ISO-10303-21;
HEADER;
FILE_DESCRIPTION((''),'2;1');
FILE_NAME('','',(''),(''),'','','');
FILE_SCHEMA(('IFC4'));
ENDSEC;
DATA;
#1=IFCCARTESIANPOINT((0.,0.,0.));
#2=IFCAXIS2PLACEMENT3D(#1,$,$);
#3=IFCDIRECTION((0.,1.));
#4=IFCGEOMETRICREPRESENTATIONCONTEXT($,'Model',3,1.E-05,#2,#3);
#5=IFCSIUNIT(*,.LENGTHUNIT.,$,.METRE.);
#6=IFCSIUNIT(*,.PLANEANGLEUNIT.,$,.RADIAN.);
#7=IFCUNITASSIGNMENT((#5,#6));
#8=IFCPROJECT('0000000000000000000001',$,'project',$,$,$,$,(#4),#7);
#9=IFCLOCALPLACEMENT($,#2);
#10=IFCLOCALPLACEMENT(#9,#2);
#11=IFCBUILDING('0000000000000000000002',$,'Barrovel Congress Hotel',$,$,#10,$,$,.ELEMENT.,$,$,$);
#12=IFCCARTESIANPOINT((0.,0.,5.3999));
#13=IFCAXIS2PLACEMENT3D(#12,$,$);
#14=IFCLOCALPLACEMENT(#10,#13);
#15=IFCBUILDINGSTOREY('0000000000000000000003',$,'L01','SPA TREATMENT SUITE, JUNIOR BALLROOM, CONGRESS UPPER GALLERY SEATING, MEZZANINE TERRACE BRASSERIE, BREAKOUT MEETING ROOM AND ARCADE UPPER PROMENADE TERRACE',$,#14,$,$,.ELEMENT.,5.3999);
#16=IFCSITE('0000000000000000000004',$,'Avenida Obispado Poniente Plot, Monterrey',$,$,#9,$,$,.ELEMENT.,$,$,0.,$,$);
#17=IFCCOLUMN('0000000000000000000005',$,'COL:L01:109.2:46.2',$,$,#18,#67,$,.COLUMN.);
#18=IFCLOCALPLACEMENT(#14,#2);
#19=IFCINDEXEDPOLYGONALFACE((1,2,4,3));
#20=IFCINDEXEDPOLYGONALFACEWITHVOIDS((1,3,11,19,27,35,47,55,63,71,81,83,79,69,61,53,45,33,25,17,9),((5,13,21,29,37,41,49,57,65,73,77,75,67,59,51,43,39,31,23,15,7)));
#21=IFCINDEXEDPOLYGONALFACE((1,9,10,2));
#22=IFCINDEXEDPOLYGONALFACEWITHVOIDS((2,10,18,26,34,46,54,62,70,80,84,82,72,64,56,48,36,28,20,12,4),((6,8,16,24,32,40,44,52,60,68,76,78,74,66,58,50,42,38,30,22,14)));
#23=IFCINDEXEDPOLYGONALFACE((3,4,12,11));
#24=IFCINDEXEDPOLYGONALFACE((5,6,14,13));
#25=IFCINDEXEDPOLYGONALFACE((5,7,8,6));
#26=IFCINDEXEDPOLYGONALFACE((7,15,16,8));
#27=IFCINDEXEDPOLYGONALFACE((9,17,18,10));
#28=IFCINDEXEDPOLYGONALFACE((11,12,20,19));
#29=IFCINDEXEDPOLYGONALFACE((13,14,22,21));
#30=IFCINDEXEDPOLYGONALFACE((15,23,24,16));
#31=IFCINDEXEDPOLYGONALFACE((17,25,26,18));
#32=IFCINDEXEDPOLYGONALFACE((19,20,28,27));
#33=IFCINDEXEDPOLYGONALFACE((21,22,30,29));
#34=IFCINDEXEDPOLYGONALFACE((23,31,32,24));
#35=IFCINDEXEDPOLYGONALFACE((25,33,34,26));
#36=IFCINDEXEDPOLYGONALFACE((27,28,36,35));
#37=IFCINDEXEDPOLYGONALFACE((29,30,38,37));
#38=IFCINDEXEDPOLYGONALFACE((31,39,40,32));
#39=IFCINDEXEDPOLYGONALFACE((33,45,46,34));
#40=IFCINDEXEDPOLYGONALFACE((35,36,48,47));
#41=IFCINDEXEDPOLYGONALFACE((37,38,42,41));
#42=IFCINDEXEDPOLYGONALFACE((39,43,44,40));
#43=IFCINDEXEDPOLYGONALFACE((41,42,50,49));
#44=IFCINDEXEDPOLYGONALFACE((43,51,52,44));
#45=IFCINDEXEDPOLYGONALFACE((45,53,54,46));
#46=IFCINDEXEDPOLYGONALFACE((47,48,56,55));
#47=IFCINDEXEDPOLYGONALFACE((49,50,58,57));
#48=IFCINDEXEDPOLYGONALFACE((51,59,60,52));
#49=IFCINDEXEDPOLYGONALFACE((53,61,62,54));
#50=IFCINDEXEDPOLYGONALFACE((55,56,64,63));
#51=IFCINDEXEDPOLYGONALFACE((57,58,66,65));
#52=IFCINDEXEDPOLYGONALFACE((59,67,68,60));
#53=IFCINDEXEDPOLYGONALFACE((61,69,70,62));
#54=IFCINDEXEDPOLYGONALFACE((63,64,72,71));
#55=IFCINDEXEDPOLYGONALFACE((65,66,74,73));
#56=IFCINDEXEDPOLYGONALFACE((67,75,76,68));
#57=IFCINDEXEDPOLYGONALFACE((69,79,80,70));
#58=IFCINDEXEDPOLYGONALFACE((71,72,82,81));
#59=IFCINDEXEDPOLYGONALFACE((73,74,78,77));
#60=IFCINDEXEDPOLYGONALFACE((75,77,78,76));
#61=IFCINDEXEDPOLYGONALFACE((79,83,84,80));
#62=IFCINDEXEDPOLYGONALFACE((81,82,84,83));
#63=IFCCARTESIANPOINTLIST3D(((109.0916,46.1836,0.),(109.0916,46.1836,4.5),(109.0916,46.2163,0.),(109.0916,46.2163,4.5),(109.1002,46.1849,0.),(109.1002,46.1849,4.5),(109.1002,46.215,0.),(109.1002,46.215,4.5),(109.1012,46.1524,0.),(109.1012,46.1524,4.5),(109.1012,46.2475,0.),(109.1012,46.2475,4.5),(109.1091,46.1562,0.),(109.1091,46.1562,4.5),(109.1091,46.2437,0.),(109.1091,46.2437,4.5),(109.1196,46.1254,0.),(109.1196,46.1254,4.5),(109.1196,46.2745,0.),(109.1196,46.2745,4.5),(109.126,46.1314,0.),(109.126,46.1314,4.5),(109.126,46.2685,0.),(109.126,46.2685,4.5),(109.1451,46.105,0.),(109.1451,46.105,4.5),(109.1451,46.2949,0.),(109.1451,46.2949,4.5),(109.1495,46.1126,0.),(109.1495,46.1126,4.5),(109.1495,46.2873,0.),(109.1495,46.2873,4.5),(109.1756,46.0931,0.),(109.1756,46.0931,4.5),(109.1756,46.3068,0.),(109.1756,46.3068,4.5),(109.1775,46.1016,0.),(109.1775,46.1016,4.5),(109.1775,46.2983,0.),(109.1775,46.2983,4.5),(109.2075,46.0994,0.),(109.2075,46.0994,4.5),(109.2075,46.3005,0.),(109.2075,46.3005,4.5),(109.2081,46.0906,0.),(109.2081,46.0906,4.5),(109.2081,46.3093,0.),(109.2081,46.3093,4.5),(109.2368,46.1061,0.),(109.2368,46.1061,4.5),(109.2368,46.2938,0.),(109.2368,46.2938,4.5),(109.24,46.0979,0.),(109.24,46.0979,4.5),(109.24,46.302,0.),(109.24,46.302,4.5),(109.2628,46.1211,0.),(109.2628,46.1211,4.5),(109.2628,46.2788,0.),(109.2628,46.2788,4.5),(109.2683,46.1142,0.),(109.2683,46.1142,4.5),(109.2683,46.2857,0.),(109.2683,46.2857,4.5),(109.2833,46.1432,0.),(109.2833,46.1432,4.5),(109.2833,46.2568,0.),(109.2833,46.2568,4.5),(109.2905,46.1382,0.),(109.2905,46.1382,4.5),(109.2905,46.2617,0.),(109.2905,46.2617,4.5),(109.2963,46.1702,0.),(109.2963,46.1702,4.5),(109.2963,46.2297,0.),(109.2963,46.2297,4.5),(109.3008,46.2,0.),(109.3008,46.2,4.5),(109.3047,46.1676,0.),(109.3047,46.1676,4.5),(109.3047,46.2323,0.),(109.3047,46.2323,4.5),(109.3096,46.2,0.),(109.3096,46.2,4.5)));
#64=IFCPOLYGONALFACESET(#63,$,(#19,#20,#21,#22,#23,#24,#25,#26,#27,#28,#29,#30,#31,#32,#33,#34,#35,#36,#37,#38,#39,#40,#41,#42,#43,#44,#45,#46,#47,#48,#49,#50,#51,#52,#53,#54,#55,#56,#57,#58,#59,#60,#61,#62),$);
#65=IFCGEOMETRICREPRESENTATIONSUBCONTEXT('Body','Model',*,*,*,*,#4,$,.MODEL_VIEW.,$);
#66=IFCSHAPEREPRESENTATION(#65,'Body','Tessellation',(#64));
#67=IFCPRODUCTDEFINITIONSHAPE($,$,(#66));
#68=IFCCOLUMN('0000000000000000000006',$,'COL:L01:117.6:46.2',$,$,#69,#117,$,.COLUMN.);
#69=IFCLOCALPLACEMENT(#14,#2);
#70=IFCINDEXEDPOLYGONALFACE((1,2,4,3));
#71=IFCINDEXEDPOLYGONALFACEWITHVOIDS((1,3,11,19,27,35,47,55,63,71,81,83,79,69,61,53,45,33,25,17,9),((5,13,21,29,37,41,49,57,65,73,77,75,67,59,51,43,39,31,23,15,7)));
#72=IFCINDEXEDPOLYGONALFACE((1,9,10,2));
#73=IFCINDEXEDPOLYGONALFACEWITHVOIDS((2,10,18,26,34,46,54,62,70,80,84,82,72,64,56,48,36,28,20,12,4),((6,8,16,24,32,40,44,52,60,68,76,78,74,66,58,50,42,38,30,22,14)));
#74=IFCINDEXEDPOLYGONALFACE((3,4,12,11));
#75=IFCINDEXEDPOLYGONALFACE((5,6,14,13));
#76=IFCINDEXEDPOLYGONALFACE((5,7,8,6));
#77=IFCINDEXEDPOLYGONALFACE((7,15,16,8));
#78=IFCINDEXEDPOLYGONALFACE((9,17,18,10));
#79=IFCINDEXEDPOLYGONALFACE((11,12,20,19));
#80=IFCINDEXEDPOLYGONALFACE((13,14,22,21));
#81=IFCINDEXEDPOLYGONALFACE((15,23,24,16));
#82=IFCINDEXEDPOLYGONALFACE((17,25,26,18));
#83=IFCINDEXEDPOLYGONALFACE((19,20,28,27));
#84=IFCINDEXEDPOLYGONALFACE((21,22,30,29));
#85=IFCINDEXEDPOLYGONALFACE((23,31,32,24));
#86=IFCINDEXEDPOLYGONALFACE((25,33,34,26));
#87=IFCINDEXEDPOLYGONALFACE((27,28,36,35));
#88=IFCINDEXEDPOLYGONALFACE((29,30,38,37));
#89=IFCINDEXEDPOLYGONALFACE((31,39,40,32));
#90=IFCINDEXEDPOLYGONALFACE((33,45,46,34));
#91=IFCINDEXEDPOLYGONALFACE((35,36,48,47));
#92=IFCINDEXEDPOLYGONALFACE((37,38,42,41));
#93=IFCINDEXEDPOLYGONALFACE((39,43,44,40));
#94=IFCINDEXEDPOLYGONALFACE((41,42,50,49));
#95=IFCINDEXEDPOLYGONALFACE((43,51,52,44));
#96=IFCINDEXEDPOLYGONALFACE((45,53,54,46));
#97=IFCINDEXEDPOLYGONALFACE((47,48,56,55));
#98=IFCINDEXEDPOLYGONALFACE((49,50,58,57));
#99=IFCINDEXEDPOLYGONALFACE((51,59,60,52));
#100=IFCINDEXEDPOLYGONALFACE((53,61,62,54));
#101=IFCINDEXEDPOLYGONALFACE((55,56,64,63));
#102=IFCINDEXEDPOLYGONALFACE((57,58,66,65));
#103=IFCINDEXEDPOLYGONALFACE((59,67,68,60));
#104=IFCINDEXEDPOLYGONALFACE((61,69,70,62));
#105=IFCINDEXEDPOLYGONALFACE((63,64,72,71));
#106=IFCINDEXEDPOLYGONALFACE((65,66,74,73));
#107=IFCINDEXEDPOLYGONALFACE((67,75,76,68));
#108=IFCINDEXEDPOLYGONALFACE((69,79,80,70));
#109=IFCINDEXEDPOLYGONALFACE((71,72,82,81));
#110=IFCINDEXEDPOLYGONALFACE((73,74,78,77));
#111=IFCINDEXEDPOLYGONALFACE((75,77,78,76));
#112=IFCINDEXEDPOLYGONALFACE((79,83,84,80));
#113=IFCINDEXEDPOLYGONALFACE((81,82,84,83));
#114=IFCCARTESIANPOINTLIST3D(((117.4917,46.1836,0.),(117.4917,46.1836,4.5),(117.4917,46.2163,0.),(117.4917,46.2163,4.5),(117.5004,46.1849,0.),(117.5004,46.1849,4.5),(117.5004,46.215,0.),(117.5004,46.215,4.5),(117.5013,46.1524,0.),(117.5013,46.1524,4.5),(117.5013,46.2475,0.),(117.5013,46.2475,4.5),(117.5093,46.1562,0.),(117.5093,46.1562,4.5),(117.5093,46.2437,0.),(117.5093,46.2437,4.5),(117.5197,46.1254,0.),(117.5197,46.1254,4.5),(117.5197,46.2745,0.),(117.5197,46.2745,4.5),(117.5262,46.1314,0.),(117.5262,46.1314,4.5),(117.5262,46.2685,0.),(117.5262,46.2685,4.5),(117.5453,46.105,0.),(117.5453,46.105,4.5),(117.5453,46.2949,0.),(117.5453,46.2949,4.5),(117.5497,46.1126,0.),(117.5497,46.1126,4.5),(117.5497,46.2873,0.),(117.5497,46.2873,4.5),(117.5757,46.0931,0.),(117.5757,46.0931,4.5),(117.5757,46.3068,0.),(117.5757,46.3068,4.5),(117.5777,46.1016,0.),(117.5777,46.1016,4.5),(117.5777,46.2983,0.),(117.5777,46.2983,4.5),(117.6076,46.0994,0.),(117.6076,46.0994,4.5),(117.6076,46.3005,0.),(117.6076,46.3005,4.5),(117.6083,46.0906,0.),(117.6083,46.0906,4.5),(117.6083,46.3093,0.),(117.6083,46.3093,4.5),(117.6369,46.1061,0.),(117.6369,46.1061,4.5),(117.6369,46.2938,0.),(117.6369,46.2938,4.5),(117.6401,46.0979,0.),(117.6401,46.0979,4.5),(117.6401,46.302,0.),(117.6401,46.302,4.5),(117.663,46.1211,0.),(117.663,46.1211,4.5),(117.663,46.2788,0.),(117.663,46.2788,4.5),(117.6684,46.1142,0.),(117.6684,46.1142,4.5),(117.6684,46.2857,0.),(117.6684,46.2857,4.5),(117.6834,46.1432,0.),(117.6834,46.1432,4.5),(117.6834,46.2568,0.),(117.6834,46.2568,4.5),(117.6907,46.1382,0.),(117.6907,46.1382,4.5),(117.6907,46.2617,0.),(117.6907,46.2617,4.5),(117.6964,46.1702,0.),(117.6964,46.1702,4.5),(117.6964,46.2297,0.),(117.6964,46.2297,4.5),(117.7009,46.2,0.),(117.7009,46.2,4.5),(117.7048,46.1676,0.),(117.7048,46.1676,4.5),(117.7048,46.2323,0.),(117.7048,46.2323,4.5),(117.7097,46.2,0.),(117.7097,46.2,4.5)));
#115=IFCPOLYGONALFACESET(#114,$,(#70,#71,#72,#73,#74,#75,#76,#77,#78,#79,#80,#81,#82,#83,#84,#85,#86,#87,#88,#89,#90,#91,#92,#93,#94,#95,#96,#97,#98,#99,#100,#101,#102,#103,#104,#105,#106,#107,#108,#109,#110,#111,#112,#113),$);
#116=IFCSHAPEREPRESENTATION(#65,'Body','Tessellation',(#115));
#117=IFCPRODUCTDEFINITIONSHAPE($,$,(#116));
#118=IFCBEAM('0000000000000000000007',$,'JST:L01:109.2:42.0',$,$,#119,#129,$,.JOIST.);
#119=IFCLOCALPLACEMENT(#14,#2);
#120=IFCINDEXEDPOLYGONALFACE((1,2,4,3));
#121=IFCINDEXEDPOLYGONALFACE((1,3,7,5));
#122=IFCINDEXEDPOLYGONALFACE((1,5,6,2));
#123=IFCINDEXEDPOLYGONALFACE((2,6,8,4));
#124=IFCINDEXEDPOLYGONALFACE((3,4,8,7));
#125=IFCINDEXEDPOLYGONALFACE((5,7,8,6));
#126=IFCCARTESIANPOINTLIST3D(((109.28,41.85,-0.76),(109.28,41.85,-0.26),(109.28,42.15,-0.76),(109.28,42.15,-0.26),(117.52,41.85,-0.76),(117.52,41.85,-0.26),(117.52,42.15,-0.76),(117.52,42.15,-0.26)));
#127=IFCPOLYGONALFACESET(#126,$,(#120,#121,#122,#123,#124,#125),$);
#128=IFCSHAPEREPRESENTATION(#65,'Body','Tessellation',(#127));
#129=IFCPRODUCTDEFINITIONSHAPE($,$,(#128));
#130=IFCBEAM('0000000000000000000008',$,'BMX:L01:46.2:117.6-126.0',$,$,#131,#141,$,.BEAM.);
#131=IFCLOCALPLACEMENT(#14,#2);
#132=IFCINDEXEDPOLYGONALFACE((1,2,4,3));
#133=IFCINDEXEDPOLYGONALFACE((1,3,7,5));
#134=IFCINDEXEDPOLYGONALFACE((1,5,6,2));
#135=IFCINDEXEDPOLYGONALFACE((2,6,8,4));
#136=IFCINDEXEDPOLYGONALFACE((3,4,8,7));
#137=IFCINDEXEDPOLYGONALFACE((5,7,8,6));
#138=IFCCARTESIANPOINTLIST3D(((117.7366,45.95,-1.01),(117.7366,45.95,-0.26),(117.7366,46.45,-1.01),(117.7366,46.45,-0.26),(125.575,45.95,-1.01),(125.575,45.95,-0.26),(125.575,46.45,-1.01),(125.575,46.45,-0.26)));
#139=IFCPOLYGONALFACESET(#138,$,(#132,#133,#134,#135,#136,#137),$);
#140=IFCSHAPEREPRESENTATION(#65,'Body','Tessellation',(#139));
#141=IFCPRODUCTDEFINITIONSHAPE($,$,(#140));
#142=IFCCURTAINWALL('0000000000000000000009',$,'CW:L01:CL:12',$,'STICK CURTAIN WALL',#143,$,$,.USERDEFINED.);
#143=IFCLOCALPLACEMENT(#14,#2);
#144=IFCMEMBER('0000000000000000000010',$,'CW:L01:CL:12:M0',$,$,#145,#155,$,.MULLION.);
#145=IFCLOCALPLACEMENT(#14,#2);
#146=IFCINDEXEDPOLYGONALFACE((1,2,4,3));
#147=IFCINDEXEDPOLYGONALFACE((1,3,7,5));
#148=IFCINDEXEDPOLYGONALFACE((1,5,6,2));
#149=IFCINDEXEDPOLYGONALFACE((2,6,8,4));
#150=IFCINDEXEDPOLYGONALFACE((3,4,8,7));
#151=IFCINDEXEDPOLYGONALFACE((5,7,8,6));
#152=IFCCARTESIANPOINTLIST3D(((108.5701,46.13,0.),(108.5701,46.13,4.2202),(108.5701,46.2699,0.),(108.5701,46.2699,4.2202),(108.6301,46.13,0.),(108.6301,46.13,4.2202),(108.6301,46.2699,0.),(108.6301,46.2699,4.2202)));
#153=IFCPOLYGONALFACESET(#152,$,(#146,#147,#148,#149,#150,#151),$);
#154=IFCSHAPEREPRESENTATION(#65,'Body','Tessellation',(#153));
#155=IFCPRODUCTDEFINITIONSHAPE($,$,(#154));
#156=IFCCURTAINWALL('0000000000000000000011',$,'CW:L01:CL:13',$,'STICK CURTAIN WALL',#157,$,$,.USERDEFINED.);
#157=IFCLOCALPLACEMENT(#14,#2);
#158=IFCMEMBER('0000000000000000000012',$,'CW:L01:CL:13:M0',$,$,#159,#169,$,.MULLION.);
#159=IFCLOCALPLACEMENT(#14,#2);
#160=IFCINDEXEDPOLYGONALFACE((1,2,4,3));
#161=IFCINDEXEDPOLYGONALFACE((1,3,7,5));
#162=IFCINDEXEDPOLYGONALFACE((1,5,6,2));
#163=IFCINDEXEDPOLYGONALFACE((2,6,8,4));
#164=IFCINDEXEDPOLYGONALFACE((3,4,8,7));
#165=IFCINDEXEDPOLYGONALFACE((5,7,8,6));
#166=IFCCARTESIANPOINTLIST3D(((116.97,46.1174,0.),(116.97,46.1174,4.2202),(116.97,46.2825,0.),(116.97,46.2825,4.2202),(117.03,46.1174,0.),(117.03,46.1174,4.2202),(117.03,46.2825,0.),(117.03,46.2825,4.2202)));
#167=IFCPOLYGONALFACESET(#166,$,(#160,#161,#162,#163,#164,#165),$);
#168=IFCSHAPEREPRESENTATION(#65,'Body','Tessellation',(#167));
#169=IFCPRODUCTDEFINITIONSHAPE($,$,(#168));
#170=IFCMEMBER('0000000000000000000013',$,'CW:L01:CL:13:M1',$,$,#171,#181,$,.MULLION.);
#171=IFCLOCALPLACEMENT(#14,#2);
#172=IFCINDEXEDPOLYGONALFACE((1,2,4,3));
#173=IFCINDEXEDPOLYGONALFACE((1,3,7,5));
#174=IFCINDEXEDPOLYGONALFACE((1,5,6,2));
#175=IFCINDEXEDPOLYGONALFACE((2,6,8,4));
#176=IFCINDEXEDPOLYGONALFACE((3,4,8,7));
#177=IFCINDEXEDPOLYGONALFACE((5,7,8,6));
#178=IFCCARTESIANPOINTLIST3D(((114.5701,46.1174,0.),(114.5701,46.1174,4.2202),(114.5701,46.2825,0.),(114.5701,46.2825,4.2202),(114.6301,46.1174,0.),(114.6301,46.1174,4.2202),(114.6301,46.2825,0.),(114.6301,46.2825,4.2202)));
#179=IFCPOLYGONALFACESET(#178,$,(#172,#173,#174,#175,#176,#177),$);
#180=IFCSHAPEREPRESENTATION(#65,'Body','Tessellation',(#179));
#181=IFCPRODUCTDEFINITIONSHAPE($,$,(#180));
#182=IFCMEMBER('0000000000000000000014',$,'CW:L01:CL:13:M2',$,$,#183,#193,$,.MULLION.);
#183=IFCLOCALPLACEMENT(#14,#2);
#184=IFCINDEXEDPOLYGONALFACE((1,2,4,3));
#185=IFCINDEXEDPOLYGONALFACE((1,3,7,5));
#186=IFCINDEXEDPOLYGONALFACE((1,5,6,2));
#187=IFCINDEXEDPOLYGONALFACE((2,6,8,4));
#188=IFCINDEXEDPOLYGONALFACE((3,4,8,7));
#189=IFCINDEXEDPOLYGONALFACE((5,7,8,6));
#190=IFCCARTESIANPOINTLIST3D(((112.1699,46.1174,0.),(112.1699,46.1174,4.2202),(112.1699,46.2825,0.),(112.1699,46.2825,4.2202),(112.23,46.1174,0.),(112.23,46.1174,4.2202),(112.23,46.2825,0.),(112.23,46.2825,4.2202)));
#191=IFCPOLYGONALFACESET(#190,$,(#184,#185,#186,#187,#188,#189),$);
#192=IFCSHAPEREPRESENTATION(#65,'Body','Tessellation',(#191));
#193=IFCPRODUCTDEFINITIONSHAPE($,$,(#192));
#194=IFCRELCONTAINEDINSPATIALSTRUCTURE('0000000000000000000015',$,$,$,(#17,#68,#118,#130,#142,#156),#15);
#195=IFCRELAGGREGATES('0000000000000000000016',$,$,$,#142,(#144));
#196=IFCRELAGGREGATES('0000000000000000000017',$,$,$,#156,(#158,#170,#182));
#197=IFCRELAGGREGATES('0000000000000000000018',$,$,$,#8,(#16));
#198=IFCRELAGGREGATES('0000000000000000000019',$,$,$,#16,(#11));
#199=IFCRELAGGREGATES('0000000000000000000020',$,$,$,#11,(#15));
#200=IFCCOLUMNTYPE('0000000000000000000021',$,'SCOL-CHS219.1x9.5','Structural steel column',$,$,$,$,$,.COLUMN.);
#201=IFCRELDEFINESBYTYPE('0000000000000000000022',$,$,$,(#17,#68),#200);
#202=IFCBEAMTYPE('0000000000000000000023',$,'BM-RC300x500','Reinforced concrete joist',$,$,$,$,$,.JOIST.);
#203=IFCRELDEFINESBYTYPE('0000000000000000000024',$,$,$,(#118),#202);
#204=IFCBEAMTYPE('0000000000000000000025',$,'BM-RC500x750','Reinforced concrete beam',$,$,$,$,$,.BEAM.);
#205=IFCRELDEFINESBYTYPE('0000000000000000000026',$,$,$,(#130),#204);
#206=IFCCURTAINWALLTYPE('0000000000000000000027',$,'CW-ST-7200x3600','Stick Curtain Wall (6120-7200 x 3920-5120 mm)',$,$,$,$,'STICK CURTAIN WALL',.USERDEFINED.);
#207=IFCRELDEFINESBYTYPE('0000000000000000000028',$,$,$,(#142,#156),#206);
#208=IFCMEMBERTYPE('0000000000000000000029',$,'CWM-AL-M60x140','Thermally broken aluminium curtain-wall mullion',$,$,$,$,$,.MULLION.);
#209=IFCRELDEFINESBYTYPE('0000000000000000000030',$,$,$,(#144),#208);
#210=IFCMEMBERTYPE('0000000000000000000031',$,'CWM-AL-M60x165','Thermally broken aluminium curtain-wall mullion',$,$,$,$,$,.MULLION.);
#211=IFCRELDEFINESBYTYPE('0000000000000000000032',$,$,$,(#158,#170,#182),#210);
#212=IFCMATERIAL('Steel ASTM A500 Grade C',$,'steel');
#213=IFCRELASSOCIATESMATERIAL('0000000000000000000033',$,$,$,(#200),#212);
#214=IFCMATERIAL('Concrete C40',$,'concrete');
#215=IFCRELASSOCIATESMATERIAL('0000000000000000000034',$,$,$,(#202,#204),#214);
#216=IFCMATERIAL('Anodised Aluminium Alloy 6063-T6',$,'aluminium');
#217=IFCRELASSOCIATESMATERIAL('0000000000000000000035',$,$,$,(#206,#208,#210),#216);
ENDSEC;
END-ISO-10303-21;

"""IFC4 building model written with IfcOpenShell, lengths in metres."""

from ifc_helpers import new_model, si_unit, direction, frame, origin, origin_2d, place, context, subcontext, project, spatial, rectangle, hollow_circle, extrude, material, material_profile, profile_set, type_object, element, aggregate, save


model = new_model("IFC4")

# Units and contexts
model_context = context("Model", 3, precision=1e-05, world=origin(), true_north=direction((0.0, 1.0)))
body_context = subcontext(model_context, "Body", "Model", "MODEL_VIEW")
ifc_project = project(units=[si_unit("LENGTHUNIT", "METRE"), si_unit("PLANEANGLEUNIT", "RADIAN")], contexts=[model_context])

# Site, building, storey
site_placement = place(None, origin())
site = spatial("IfcSite", under=ifc_project, at=site_placement, Name="Avenida Obispado Poniente Plot, Monterrey", CompositionType="ELEMENT", RefElevation=0.0)
building_placement = place(site_placement, origin())
building = spatial("IfcBuilding", under=site, at=building_placement, Name="Barrovel Congress Hotel", CompositionType="ELEMENT")
storey_placement = place(building_placement, frame((0.0, 0.0, 5.3999)))
storey = spatial("IfcBuildingStorey", under=building, at=storey_placement, Name="L01", Description="SPA TREATMENT SUITE, JUNIOR BALLROOM, CONGRESS UPPER GALLERY SEATING, MEZZANINE TERRACE BRASSERIE, BREAKOUT MEETING ROOM AND ARCADE UPPER PROMENADE TERRACE", CompositionType="ELEMENT", Elevation=5.3999)

# Columns
ifc_material_1 = material(Name="Steel ASTM A500 Grade C", Category="steel")
ifc_material_profile_1 = material_profile(ifc_material_1, hollow_circle(Radius=0.1096, WallThickness=0.0088, at=origin_2d()), Name="CHS219.1x9.5")
ifc_profile_set_1 = profile_set([ifc_material_profile_1], Name="Steel ASTM A500 Grade C")
column_type = type_object("IfcColumnType", Name="SCOL-CHS219.1x9.5", Description="Structural steel column", PredefinedType="COLUMN", material=ifc_profile_set_1)
for number, where, z_axis, x_axis, name in (
    (1, (109.2, 46.2, 0.0), (0.0, 0.0, 1.0), (1.0, 0.0, 0.0), "COL:L01:109.2:46.2"),
    (2, (117.6001, 46.2, 0.0), (0.0, 0.0, 1.0), (1.0, 0.0, 0.0), "COL:L01:117.6:46.2"),
):
    element("IfcColumn", number, at=place(storey_placement, frame(where, z_axis=z_axis, x_axis=x_axis)), inside=storey, type_object=column_type, Name=name, PredefinedType="COLUMN", context=body_context, shape_type="SweptSolid", body=[
        extrude(hollow_circle(Radius=0.1096, WallThickness=0.0088, at=origin_2d()), origin(), (0.0, 0.0, 1.0), 4.5),
    ])

# Beams
ifc_material_2 = material(Name="Concrete C40", Category="concrete")
ifc_material_profile_2 = material_profile(ifc_material_2, rectangle(XDim=0.3, YDim=0.5, at=origin_2d()), Name="RC300x500")
ifc_profile_set_2 = profile_set([ifc_material_profile_2], Name="Concrete C40")
beam_type_1 = type_object("IfcBeamType", Name="BM-RC300x500", Description="Reinforced concrete joist", PredefinedType="JOIST", material=ifc_profile_set_2)
beam_1_placement = place(storey_placement, frame((109.28, 42.0, -0.51), z_axis=(1.0, 0.0, 0.0), x_axis=(0.0, 1.0, 0.0)))
element("IfcBeam", 3, at=beam_1_placement, inside=storey, type_object=beam_type_1, Name="JST:L01:109.2:42.0", PredefinedType="JOIST", context=body_context, shape_type="SweptSolid", body=[
    extrude(rectangle(XDim=0.3, YDim=0.5, at=origin_2d()), origin(), (0.0, 0.0, 1.0), 8.24),
])
ifc_material_profile_3 = material_profile(ifc_material_2, rectangle(XDim=0.5, YDim=0.75, at=origin_2d()), Name="RC500x750")
ifc_profile_set_3 = profile_set([ifc_material_profile_3], Name="Concrete C40")
beam_type_2 = type_object("IfcBeamType", Name="BM-RC500x750", Description="Reinforced concrete beam", PredefinedType="BEAM", material=ifc_profile_set_3)
beam_2_placement = place(storey_placement, frame((117.7366, 46.2, -0.635), z_axis=(1.0, 0.0, 0.0), x_axis=(0.0, 1.0, 0.0)))
element("IfcBeam", 4, at=beam_2_placement, inside=storey, type_object=beam_type_2, Name="BMX:L01:46.2:117.6-126.0", PredefinedType="BEAM", context=body_context, shape_type="SweptSolid", body=[
    extrude(rectangle(XDim=0.5, YDim=0.75, at=origin_2d()), origin(), (0.0, 0.0, 1.0), 7.8384),
])

# Curtain wall, member
ifc_material_3 = material(Name="Anodised Aluminium Alloy 6063-T6", Category="aluminium")
curtain_wall_type = type_object("IfcCurtainWallType", Name="CW-ST-7200x3600", Description="Stick Curtain Wall (6120-7200 x 3920-5120 mm)", ElementType="STICK CURTAIN WALL", PredefinedType="USERDEFINED", material=ifc_material_3)
curtain_wall_1_placement = place(storey_placement, origin())
curtain_wall_1 = element("IfcCurtainWall", 5, at=curtain_wall_1_placement, inside=storey, type_object=curtain_wall_type, Name="CW:L01:CL:12", ObjectType="STICK CURTAIN WALL", PredefinedType="USERDEFINED")
ifc_material_profile_4 = material_profile(ifc_material_3, rectangle(XDim=0.0601, YDim=0.1399, at=origin_2d()), Name="AL-M60x140")
ifc_profile_set_4 = profile_set([ifc_material_profile_4], Name="Anodised Aluminium Alloy 6063-T6")
member_type_1 = type_object("IfcMemberType", Name="CWM-AL-M60x140", Description="Thermally broken aluminium curtain-wall mullion", PredefinedType="MULLION", material=ifc_profile_set_4)
member_1_placement = place(storey_placement, frame((108.6001, 46.2, 0.0), z_axis=(0.0, 0.0, 1.0), x_axis=(1.0, 0.0, 0.0)))
member_1 = element("IfcMember", 6, at=member_1_placement, type_object=member_type_1, Name="CW:L01:CL:12:M0", PredefinedType="MULLION", context=body_context, shape_type="SweptSolid", body=[
    extrude(rectangle(XDim=0.0601, YDim=0.1399, at=origin_2d()), origin(), (0.0, 0.0, 1.0), 4.2202),
])

# Curtain wall, members
curtain_wall_2_placement = place(storey_placement, origin())
curtain_wall_2 = element("IfcCurtainWall", 7, at=curtain_wall_2_placement, inside=storey, type_object=curtain_wall_type, Name="CW:L01:CL:13", ObjectType="STICK CURTAIN WALL", PredefinedType="USERDEFINED")
ifc_material_profile_5 = material_profile(ifc_material_3, rectangle(XDim=0.0601, YDim=0.165, at=origin_2d()), Name="AL-M60x165")
ifc_profile_set_5 = profile_set([ifc_material_profile_5], Name="Anodised Aluminium Alloy 6063-T6")
member_type_2 = type_object("IfcMemberType", Name="CWM-AL-M60x165", Description="Thermally broken aluminium curtain-wall mullion", PredefinedType="MULLION", material=ifc_profile_set_5)
member_2_placement = place(storey_placement, frame((117.0, 46.2, 0.0), z_axis=(0.0, 0.0, 1.0), x_axis=(1.0, 0.0, 0.0)))
member_2 = element("IfcMember", 8, at=member_2_placement, type_object=member_type_2, Name="CW:L01:CL:13:M0", PredefinedType="MULLION", context=body_context, shape_type="SweptSolid", body=[
    extrude(rectangle(XDim=0.0601, YDim=0.165, at=origin_2d()), origin(), (0.0, 0.0, 1.0), 4.2202),
])
member_3_placement = place(storey_placement, frame((114.6001, 46.2, 0.0), z_axis=(0.0, 0.0, 1.0), x_axis=(1.0, 0.0, 0.0)))
member_3 = element("IfcMember", 9, at=member_3_placement, type_object=member_type_2, Name="CW:L01:CL:13:M1", PredefinedType="MULLION", context=body_context, shape_type="SweptSolid", body=[
    extrude(rectangle(XDim=0.0601, YDim=0.165, at=origin_2d()), origin(), (0.0, 0.0, 1.0), 4.2202),
])
member_4_placement = place(storey_placement, frame((112.2, 46.2, 0.0), z_axis=(0.0, 0.0, 1.0), x_axis=(1.0, 0.0, 0.0)))
member_4 = element("IfcMember", 10, at=member_4_placement, type_object=member_type_2, Name="CW:L01:CL:13:M2", PredefinedType="MULLION", context=body_context, shape_type="SweptSolid", body=[
    extrude(rectangle(XDim=0.0601, YDim=0.165, at=origin_2d()), origin(), (0.0, 0.0, 1.0), 4.2202),
])

aggregate(curtain_wall_1, [member_1])
aggregate(curtain_wall_2, [member_2, member_3, member_4])

save(model, "model.ifc")
